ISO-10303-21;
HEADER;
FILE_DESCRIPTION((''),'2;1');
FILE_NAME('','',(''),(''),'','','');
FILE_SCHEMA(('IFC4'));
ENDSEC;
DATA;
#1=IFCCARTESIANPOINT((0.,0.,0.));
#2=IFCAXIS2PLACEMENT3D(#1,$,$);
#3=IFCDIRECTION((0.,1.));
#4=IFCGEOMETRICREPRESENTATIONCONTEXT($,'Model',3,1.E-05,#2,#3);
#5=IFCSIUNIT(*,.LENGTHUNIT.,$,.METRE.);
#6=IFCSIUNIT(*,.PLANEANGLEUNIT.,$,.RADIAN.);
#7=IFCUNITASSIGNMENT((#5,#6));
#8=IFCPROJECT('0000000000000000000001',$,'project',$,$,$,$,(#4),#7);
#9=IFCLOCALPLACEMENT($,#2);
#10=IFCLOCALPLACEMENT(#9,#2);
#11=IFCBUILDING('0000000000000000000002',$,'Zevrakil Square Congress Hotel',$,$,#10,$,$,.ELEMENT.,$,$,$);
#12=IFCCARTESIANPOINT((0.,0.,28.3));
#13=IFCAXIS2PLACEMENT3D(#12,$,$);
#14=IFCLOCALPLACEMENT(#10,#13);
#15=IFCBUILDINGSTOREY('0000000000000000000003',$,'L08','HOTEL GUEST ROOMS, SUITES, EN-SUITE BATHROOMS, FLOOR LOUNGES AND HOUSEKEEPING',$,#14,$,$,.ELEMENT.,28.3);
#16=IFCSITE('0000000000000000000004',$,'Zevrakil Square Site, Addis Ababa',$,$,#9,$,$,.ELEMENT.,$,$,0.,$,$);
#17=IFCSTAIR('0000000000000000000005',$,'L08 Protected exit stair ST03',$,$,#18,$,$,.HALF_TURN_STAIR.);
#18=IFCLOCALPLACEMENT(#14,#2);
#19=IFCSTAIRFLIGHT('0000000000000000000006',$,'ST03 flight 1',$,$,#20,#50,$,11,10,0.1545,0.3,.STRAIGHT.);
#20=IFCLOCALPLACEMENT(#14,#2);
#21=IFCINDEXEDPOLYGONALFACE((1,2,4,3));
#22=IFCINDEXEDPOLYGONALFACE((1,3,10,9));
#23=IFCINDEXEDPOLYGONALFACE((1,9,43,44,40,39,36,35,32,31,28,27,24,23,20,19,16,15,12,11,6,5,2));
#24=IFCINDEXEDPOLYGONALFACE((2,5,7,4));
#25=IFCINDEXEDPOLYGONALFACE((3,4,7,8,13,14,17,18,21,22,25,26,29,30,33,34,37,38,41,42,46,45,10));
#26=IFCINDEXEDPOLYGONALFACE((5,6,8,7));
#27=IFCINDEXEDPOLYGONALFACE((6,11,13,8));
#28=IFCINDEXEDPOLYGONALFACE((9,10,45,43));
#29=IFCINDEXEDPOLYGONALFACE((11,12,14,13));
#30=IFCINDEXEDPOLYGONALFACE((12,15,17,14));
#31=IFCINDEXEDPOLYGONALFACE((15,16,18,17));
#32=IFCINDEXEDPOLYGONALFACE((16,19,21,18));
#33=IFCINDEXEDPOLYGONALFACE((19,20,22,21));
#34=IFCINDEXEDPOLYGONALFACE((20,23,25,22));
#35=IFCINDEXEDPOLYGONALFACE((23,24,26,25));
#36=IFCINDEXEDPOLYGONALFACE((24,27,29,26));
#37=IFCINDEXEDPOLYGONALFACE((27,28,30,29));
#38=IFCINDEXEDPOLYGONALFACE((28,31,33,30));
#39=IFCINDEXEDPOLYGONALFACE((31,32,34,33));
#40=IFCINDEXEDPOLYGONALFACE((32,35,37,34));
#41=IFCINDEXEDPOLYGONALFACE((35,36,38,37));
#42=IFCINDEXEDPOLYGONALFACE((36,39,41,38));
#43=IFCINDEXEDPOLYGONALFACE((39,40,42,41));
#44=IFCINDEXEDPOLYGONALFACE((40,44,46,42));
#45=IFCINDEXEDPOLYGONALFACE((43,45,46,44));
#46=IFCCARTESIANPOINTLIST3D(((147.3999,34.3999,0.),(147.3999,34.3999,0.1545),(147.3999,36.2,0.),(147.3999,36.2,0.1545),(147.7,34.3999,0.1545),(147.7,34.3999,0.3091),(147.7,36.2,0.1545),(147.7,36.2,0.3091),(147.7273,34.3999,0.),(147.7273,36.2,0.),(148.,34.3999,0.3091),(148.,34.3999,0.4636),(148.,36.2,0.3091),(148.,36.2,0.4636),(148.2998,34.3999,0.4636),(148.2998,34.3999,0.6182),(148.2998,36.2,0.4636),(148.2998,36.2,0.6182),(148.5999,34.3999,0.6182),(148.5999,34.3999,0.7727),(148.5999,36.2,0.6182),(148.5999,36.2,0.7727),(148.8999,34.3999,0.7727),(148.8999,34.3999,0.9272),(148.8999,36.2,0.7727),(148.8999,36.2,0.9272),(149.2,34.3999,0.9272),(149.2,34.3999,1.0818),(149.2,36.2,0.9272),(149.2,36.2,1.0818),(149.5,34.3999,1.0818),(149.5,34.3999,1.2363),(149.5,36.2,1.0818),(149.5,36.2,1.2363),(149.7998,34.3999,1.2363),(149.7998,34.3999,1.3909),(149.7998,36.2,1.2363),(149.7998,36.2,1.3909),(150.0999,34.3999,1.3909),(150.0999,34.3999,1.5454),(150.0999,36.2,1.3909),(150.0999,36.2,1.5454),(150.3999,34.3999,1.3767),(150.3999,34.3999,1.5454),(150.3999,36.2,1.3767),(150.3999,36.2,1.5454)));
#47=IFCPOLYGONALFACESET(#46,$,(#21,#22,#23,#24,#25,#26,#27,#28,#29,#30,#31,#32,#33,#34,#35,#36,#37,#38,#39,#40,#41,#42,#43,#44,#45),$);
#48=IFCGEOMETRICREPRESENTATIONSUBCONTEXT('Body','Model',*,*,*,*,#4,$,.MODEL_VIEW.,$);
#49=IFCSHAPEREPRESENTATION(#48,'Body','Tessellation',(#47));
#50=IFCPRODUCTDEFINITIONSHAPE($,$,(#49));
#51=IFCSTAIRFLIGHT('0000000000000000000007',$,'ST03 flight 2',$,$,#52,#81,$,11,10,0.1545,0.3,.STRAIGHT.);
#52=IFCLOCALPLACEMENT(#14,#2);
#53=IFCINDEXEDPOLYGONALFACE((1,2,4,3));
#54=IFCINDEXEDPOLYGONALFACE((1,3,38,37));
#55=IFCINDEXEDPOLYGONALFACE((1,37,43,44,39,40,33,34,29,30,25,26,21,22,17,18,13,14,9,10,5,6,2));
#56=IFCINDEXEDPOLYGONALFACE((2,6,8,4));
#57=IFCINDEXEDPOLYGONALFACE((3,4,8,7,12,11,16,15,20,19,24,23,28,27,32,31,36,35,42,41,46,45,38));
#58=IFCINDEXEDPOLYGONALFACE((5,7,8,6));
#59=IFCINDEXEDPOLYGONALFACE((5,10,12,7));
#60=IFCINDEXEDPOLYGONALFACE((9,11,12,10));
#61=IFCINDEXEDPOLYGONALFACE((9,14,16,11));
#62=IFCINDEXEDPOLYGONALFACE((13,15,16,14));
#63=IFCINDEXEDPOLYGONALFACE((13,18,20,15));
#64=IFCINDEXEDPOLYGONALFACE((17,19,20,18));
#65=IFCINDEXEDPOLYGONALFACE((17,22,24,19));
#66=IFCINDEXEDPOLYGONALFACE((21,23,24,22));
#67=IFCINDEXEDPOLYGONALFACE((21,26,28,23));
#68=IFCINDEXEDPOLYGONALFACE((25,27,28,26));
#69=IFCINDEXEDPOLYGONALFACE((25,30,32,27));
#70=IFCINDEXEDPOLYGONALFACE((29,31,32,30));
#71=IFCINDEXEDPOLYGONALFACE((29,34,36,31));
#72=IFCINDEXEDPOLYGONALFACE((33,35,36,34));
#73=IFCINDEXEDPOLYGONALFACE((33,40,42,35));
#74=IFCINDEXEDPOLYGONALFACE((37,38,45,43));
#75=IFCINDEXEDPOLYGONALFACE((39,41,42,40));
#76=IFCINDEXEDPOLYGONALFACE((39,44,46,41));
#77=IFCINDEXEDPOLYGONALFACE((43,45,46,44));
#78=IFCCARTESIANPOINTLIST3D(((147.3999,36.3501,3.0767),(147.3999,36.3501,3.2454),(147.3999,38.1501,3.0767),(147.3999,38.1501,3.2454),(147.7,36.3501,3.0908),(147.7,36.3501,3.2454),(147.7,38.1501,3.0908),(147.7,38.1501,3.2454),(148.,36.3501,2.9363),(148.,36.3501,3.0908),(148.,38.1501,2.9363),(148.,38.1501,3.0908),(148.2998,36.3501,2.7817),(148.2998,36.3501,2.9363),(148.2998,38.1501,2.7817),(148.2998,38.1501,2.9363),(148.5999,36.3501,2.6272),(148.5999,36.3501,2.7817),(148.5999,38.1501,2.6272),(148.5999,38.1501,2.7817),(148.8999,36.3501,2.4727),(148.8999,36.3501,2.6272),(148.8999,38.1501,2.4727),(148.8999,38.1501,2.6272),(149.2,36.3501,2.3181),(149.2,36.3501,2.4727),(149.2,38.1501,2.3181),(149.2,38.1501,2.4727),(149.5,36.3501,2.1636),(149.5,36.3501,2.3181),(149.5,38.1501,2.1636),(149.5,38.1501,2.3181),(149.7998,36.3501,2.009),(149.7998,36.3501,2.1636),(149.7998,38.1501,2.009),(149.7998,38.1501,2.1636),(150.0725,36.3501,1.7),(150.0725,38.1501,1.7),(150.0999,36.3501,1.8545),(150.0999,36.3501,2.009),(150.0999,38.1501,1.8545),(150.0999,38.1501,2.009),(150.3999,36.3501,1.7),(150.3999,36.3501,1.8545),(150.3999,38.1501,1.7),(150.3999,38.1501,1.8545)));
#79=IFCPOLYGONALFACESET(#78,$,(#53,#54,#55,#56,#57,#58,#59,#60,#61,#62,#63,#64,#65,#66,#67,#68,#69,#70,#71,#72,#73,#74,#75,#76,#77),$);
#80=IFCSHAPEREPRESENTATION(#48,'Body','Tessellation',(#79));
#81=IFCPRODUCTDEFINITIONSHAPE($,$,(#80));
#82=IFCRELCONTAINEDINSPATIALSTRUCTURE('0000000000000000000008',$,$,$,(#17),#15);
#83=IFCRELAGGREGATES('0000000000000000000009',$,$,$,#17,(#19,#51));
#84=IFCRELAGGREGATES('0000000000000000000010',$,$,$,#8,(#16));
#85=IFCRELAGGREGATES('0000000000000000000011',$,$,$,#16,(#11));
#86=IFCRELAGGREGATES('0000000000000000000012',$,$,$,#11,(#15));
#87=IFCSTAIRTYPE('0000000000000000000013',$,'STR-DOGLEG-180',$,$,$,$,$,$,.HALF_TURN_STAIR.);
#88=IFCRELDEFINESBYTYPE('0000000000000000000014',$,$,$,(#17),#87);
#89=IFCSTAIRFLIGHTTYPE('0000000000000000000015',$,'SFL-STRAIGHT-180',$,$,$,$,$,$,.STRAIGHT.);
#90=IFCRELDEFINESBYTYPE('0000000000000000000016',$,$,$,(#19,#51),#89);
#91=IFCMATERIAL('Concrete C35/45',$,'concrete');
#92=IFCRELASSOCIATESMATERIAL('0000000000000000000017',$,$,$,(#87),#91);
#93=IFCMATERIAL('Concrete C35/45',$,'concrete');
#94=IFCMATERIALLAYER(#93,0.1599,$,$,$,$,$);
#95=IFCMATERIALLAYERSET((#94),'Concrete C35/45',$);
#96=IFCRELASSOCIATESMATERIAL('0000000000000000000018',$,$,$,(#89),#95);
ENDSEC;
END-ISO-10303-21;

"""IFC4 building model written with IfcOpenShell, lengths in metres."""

from ifc_helpers import new_model, si_unit, direction, frame, origin, place, context, subcontext, project, spatial, polyline, outline, extrude, material, layer, layer_set, type_object, element, aggregate, save


model = new_model("IFC4")

# Units and contexts
model_context = context("Model", 3, precision=1e-05, world=origin(), true_north=direction((0.0, 1.0)))
body_context = subcontext(model_context, "Body", "Model", "MODEL_VIEW")
ifc_project = project(units=[si_unit("LENGTHUNIT", "METRE"), si_unit("PLANEANGLEUNIT", "RADIAN")], contexts=[model_context])

# Site, building, storey
site_placement = place(None, origin())
site = spatial("IfcSite", under=ifc_project, at=site_placement, Name="Zevrakil Square Site, Addis Ababa", CompositionType="ELEMENT", RefElevation=0.0)
building_placement = place(site_placement, origin())
building = spatial("IfcBuilding", under=site, at=building_placement, Name="Zevrakil Square Congress Hotel", CompositionType="ELEMENT")
storey_placement = place(building_placement, frame((0.0, 0.0, 28.3)))
storey = spatial("IfcBuildingStorey", under=building, at=storey_placement, Name="L08", Description="HOTEL GUEST ROOMS, SUITES, EN-SUITE BATHROOMS, FLOOR LOUNGES AND HOUSEKEEPING", CompositionType="ELEMENT", Elevation=28.3)

# Stair, stair flights
ifc_material_1 = material(Name="Concrete C35/45", Category="concrete")
stair_type = type_object("IfcStairType", Name="STR-DOGLEG-180", PredefinedType="HALF_TURN_STAIR", material=ifc_material_1)
stair_placement = place(storey_placement, origin())
stair = element("IfcStair", 1, at=stair_placement, inside=storey, type_object=stair_type, Name="L08 Protected exit stair ST03", PredefinedType="HALF_TURN_STAIR")
ifc_material_2 = material(Name="Concrete C35/45", Category="concrete")
ifc_layer_1 = layer(ifc_material_2, 0.1599)
ifc_layer_set_1 = layer_set([ifc_layer_1], Name="Concrete C35/45")
stair_flight_type = type_object("IfcStairFlightType", Name="SFL-STRAIGHT-180", PredefinedType="STRAIGHT", material=ifc_layer_set_1)
stair_flight_1_placement = place(storey_placement, frame((147.3999, 35.3, 0.0), z_axis=(0.0, 0.0, 1.0), x_axis=(1.0, 0.0, 0.0)))
stair_flight_1 = element("IfcStairFlight", 2, at=stair_flight_1_placement, type_object=stair_flight_type, Name="ST03 flight 1", NumberOfRisers=11, NumberOfTreads=10, PredefinedType="STRAIGHT", RiserHeight=0.1545, TreadLength=0.3, context=body_context, shape_type="SweptSolid", body=[
    extrude(outline(polyline([(0.0, 0.0), (0.0, 0.1545), (0.3, 0.1545), (0.3, 0.3091), (0.6001, 0.3091), (0.6001, 0.4636), (0.8999, 0.4636), (0.8999, 0.6182), (1.2, 0.6182), (1.2, 0.7727), (1.5, 0.7727), (1.5, 0.9272), (1.8, 0.9272), (1.8, 1.0818), (2.1001, 1.0818), (2.1001, 1.2363), (2.3999, 1.2363), (2.3999, 1.3909), (2.7, 1.3909), (2.7, 1.5454), (3.0, 1.5454), (3.0, 1.7), (3.0, 1.3767), (0.3274, 0.0), (0.0, 0.0)])), frame((0.0, 0.8999, 0.0), z_axis=(0.0, -1.0, 0.0), x_axis=(1.0, 0.0, 0.0)), (0.0, 0.0, 1.0), 1.8),
])
stair_flight_2_placement = place(storey_placement, frame((150.3999, 37.25, 1.7), z_axis=(0.0, 0.0, 1.0), x_axis=(-1.0, 0.0, 0.0)))
stair_flight_2 = element("IfcStairFlight", 3, at=stair_flight_2_placement, type_object=stair_flight_type, Name="ST03 flight 2", NumberOfRisers=11, NumberOfTreads=10, PredefinedType="STRAIGHT", RiserHeight=0.1545, TreadLength=0.3, context=body_context, shape_type="SweptSolid", body=[
    extrude(outline(polyline([(0.0, 0.0), (0.0, 0.1545), (0.3, 0.1545), (0.3, 0.3091), (0.6001, 0.3091), (0.6001, 0.4636), (0.8999, 0.4636), (0.8999, 0.6182), (1.2, 0.6182), (1.2, 0.7727), (1.5, 0.7727), (1.5, 0.9272), (1.8, 0.9272), (1.8, 1.0818), (2.1001, 1.0818), (2.1001, 1.2363), (2.3999, 1.2363), (2.3999, 1.3909), (2.7, 1.3909), (2.7, 1.5454), (3.0, 1.5454), (3.0, 1.7), (3.0, 1.3767), (0.3274, 0.0), (0.0, 0.0)])), frame((0.0, 0.8999, 0.0), z_axis=(0.0, -1.0, 0.0), x_axis=(1.0, 0.0, 0.0)), (0.0, 0.0, 1.0), 1.8),
])
aggregate(stair, [stair_flight_1, stair_flight_2])

save(model, "model.ifc")
